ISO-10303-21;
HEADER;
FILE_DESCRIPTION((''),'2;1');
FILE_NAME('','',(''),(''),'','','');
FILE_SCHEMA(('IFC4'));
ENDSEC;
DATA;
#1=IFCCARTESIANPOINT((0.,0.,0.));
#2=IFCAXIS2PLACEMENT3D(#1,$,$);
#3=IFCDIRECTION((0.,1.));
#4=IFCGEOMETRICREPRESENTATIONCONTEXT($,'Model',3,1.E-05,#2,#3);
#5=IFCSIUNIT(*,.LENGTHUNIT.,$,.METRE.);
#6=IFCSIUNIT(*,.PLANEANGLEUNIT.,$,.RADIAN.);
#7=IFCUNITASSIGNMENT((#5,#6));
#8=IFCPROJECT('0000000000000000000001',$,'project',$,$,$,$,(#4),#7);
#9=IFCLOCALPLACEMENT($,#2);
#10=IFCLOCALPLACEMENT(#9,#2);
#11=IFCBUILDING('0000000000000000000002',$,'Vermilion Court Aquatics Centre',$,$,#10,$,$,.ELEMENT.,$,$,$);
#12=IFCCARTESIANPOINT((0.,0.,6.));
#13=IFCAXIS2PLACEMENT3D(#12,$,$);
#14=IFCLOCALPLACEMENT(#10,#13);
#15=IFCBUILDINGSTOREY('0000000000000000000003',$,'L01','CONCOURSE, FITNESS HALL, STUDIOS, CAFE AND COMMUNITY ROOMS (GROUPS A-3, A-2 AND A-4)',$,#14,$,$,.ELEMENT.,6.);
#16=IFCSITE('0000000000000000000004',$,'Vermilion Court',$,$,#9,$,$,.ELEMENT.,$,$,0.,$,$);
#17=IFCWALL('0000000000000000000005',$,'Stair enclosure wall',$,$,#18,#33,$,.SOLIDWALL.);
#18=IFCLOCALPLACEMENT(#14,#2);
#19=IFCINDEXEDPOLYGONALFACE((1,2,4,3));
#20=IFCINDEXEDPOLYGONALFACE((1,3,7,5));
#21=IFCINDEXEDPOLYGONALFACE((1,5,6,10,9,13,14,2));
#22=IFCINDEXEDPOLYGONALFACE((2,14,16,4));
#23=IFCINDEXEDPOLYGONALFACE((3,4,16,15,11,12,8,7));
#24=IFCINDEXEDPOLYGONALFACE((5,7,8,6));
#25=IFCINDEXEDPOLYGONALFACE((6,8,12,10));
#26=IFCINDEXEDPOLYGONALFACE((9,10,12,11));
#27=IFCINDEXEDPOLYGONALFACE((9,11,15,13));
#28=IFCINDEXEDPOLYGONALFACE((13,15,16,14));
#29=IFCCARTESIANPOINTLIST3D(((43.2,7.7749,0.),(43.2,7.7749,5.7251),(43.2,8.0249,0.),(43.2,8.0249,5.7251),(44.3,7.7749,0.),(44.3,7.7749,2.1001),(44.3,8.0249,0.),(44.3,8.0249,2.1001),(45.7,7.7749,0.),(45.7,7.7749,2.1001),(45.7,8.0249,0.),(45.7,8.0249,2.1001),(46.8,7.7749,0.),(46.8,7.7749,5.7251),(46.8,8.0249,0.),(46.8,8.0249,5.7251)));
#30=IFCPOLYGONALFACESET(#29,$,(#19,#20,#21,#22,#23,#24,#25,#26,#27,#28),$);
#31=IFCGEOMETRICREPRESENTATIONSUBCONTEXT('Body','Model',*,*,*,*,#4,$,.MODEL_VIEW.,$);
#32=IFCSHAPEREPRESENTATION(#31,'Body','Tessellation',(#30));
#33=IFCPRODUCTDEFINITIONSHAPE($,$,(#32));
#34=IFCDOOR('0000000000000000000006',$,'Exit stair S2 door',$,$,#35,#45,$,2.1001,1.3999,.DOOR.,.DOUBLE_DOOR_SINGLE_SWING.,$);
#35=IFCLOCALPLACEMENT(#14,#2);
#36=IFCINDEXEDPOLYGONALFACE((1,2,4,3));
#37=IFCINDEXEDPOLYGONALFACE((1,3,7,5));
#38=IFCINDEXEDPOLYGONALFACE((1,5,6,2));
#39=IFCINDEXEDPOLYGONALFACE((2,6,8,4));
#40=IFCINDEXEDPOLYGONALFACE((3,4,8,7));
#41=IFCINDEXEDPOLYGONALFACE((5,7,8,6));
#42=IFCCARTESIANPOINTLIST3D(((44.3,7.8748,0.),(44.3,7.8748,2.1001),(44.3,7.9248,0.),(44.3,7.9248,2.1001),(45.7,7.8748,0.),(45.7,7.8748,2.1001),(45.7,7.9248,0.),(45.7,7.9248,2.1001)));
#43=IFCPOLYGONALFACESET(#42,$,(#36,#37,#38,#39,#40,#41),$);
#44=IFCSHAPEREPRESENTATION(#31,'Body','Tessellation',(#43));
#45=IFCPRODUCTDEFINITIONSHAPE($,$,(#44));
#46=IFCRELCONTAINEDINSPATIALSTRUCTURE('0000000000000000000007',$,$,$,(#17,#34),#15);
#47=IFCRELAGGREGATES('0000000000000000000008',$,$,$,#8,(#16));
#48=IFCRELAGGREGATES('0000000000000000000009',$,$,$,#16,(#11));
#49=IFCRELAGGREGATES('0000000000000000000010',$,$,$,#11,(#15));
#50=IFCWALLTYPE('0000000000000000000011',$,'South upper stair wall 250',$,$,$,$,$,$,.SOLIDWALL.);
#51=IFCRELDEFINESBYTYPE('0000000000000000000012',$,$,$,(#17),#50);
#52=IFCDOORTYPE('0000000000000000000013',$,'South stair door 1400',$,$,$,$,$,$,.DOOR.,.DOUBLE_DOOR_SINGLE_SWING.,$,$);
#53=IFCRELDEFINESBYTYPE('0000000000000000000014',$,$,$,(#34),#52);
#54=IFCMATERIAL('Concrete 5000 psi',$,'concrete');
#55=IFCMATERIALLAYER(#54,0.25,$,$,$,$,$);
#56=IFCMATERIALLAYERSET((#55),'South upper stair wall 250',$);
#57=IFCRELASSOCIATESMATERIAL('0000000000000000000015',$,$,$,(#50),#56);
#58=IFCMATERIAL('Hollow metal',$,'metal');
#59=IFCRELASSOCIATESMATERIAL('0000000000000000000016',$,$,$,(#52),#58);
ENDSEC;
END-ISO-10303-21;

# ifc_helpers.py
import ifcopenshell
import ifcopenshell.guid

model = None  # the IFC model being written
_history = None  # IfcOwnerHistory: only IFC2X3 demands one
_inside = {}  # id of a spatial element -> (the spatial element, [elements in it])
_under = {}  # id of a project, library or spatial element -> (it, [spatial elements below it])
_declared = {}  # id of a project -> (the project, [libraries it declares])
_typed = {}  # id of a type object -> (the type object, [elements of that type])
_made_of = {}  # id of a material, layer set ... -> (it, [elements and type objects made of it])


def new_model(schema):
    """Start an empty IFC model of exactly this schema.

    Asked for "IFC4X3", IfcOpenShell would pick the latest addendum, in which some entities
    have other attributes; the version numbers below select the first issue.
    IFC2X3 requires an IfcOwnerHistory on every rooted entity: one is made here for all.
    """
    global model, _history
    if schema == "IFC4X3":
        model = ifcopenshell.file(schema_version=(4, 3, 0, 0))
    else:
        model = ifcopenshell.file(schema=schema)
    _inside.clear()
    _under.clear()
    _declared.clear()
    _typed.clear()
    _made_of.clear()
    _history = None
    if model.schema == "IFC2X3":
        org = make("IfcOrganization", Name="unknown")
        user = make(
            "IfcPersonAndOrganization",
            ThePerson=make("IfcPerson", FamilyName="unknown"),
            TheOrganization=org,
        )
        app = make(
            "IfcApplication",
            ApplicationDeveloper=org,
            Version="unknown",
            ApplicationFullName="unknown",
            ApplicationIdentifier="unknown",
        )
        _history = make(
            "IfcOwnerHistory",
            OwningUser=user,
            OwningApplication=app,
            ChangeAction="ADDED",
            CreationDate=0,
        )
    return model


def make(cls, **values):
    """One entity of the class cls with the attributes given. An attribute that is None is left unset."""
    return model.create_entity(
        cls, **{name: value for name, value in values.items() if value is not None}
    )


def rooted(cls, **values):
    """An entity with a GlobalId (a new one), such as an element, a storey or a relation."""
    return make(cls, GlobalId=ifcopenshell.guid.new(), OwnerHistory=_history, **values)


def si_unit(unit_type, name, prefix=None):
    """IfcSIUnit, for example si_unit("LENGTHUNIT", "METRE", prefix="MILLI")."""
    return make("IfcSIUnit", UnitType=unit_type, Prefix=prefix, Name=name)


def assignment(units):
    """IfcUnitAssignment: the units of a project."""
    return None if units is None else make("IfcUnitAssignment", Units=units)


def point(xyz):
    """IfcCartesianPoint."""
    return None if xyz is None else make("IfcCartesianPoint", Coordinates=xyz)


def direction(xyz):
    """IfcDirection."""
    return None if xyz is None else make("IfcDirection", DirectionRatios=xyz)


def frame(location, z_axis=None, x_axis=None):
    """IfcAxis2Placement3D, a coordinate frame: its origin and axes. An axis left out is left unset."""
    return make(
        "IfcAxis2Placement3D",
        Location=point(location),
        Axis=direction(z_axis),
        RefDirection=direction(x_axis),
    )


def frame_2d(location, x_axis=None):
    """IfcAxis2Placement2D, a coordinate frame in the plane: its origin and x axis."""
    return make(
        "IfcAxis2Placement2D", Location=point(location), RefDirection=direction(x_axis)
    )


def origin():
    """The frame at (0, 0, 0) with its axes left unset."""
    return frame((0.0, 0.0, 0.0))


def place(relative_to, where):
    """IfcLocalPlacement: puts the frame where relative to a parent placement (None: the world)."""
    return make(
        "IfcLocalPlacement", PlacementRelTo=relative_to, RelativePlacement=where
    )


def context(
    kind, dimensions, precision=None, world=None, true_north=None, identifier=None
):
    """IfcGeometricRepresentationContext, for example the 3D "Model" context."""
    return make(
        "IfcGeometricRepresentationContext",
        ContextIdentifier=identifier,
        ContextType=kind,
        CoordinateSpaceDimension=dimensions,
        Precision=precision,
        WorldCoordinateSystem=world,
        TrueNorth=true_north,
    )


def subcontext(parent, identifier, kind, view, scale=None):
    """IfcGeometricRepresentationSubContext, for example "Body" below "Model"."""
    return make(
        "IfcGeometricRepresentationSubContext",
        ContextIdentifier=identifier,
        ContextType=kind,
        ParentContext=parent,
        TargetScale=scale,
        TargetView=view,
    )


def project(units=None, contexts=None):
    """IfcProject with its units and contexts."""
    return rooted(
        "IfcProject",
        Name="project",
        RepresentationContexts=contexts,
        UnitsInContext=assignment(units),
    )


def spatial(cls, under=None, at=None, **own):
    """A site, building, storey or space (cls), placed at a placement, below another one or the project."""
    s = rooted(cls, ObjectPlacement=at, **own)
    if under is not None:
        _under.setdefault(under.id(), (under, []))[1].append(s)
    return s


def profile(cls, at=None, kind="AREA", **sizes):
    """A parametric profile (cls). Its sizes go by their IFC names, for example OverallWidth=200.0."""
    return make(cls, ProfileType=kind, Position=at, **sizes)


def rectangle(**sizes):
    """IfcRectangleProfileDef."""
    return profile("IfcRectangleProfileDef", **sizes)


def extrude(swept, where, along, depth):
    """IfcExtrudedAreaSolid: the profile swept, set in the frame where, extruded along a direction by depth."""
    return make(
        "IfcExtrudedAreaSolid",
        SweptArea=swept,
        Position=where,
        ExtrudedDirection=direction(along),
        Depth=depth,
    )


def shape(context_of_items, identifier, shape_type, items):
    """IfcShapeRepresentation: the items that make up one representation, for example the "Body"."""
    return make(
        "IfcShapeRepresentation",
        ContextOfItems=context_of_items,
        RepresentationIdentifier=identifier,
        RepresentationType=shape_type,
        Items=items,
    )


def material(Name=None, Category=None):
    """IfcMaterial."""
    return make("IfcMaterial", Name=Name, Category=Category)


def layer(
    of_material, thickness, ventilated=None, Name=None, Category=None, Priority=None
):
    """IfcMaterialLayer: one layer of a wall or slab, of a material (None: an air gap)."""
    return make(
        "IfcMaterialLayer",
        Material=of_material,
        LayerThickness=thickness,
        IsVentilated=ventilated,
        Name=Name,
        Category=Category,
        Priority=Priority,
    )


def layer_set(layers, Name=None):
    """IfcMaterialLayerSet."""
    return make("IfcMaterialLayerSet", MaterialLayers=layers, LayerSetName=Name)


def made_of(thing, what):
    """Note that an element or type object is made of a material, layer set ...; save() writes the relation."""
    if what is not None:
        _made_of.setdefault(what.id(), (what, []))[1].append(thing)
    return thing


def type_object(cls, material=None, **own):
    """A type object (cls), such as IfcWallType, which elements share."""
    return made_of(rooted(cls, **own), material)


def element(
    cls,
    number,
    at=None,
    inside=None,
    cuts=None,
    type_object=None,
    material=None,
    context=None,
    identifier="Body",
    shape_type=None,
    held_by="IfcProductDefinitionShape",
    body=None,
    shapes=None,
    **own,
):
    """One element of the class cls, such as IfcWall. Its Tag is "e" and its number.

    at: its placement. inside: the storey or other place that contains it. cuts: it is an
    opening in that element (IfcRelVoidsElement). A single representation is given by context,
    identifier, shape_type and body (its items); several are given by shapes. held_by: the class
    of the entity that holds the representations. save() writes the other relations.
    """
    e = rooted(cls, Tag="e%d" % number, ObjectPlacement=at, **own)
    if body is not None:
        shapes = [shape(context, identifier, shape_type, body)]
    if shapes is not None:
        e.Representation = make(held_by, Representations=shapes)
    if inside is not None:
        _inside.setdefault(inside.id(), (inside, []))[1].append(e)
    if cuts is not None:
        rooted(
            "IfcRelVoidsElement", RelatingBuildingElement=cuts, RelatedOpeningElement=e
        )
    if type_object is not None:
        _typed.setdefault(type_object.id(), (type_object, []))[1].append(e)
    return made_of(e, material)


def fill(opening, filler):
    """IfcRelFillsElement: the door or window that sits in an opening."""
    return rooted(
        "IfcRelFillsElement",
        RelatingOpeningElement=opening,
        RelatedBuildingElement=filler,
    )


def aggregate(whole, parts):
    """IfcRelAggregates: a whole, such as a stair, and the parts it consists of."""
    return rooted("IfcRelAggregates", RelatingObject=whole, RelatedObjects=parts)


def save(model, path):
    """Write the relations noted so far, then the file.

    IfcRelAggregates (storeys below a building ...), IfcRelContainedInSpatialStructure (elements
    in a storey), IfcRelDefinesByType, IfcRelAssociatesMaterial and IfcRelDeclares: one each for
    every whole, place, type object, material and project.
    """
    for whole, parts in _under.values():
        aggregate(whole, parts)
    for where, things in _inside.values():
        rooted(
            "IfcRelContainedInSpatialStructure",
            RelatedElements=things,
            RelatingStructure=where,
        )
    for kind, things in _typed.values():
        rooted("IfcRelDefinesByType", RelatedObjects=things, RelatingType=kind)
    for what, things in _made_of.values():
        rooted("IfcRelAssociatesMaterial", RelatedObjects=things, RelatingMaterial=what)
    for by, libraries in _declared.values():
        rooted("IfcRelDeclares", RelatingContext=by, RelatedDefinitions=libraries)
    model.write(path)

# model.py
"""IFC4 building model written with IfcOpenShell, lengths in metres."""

from ifc_helpers import new_model, si_unit, direction, frame, frame_2d, origin, place, context, subcontext, project, spatial, rectangle, extrude, material, layer, layer_set, type_object, element, fill, save


model = new_model("IFC4")

# Units and contexts
model_context = context("Model", 3, precision=1e-05, world=origin(), true_north=direction((0.0, 1.0)))
body_context = subcontext(model_context, "Body", "Model", "MODEL_VIEW")
ifc_project = project(units=[si_unit("LENGTHUNIT", "METRE"), si_unit("PLANEANGLEUNIT", "RADIAN")], contexts=[model_context])

# Site, building, storey
site_placement = place(None, origin())
site = spatial("IfcSite", under=ifc_project, at=site_placement, Name="Vermilion Court", CompositionType="ELEMENT", RefElevation=0.0)
building_placement = place(site_placement, origin())
building = spatial("IfcBuilding", under=site, at=building_placement, Name="Vermilion Court Aquatics Centre", CompositionType="ELEMENT")
storey_placement = place(building_placement, frame((0.0, 0.0, 6.0)))
storey = spatial("IfcBuildingStorey", under=building, at=storey_placement, Name="L01", Description="CONCOURSE, FITNESS HALL, STUDIOS, CAFE AND COMMUNITY ROOMS (GROUPS A-3, A-2 AND A-4)", CompositionType="ELEMENT", Elevation=6.0)

# Shared definitions
ifc_material_1 = material(Name="Concrete 5000 psi", Category="concrete")
ifc_layer_1 = layer(ifc_material_1, 0.25)
ifc_layer_set_1 = layer_set([ifc_layer_1], Name="South upper stair wall 250")
wall_type_1 = type_object("IfcWallType", Name="South upper stair wall 250", PredefinedType="SOLIDWALL", material=ifc_layer_set_1)

# Wall, opening, door
ifc_material_2 = material(Name="Hollow metal", Category="metal")
door_type_1 = type_object("IfcDoorType", Name="South stair door 1400", OperationType="DOUBLE_DOOR_SINGLE_SWING", PredefinedType="DOOR", material=ifc_material_2)
wall_1_placement = place(storey_placement, frame((43.2, 7.8999, 0.0), z_axis=(0.0, 0.0, 1.0), x_axis=(1.0, 0.0, 0.0)))
wall_1 = element("IfcWall", 1, at=wall_1_placement, inside=storey, type_object=wall_type_1, Name="Stair enclosure wall", PredefinedType="SOLIDWALL", context=body_context, shape_type="SweptSolid", body=[
    extrude(rectangle(XDim=3.6001, YDim=0.25, at=frame_2d((1.8, 0.0))), origin(), (0.0, 0.0, 1.0), 5.7251),
])
opening_1_placement = place(wall_1_placement, frame((1.1001, 0.0, 0.0)))
opening_1 = element("IfcOpeningElement", 2, at=opening_1_placement, cuts=wall_1, PredefinedType="OPENING", context=body_context, shape_type="SweptSolid", body=[
    extrude(rectangle(XDim=1.3999, YDim=2.1001, at=frame_2d((0.7, 1.05))), frame((0.0, 0.135, 0.0), z_axis=(0.0, -1.0, 0.0), x_axis=(1.0, 0.0, 0.0)), (0.0, 0.0, 1.0), 0.27),
])
door_1_placement = place(opening_1_placement, frame((1.3999, 0.0, 0.0), z_axis=(0.0, 0.0, 1.0), x_axis=(-1.0, 0.0, 0.0)))
door_1 = element("IfcDoor", 3, at=door_1_placement, inside=storey, type_object=door_type_1, Name="Exit stair S2 door", OperationType="DOUBLE_DOOR_SINGLE_SWING", OverallHeight=2.1001, OverallWidth=1.3999, PredefinedType="DOOR", context=body_context, shape_type="SweptSolid", body=[
    extrude(rectangle(XDim=1.3999, YDim=2.1001, at=frame_2d((0.7, 1.05))), frame((0.0, 0.0251, 0.0), z_axis=(0.0, -1.0, 0.0), x_axis=(1.0, 0.0, 0.0)), (0.0, 0.0, 1.0), 0.05),
])
fill(opening_1, door_1)

save(model, "model.ifc")
